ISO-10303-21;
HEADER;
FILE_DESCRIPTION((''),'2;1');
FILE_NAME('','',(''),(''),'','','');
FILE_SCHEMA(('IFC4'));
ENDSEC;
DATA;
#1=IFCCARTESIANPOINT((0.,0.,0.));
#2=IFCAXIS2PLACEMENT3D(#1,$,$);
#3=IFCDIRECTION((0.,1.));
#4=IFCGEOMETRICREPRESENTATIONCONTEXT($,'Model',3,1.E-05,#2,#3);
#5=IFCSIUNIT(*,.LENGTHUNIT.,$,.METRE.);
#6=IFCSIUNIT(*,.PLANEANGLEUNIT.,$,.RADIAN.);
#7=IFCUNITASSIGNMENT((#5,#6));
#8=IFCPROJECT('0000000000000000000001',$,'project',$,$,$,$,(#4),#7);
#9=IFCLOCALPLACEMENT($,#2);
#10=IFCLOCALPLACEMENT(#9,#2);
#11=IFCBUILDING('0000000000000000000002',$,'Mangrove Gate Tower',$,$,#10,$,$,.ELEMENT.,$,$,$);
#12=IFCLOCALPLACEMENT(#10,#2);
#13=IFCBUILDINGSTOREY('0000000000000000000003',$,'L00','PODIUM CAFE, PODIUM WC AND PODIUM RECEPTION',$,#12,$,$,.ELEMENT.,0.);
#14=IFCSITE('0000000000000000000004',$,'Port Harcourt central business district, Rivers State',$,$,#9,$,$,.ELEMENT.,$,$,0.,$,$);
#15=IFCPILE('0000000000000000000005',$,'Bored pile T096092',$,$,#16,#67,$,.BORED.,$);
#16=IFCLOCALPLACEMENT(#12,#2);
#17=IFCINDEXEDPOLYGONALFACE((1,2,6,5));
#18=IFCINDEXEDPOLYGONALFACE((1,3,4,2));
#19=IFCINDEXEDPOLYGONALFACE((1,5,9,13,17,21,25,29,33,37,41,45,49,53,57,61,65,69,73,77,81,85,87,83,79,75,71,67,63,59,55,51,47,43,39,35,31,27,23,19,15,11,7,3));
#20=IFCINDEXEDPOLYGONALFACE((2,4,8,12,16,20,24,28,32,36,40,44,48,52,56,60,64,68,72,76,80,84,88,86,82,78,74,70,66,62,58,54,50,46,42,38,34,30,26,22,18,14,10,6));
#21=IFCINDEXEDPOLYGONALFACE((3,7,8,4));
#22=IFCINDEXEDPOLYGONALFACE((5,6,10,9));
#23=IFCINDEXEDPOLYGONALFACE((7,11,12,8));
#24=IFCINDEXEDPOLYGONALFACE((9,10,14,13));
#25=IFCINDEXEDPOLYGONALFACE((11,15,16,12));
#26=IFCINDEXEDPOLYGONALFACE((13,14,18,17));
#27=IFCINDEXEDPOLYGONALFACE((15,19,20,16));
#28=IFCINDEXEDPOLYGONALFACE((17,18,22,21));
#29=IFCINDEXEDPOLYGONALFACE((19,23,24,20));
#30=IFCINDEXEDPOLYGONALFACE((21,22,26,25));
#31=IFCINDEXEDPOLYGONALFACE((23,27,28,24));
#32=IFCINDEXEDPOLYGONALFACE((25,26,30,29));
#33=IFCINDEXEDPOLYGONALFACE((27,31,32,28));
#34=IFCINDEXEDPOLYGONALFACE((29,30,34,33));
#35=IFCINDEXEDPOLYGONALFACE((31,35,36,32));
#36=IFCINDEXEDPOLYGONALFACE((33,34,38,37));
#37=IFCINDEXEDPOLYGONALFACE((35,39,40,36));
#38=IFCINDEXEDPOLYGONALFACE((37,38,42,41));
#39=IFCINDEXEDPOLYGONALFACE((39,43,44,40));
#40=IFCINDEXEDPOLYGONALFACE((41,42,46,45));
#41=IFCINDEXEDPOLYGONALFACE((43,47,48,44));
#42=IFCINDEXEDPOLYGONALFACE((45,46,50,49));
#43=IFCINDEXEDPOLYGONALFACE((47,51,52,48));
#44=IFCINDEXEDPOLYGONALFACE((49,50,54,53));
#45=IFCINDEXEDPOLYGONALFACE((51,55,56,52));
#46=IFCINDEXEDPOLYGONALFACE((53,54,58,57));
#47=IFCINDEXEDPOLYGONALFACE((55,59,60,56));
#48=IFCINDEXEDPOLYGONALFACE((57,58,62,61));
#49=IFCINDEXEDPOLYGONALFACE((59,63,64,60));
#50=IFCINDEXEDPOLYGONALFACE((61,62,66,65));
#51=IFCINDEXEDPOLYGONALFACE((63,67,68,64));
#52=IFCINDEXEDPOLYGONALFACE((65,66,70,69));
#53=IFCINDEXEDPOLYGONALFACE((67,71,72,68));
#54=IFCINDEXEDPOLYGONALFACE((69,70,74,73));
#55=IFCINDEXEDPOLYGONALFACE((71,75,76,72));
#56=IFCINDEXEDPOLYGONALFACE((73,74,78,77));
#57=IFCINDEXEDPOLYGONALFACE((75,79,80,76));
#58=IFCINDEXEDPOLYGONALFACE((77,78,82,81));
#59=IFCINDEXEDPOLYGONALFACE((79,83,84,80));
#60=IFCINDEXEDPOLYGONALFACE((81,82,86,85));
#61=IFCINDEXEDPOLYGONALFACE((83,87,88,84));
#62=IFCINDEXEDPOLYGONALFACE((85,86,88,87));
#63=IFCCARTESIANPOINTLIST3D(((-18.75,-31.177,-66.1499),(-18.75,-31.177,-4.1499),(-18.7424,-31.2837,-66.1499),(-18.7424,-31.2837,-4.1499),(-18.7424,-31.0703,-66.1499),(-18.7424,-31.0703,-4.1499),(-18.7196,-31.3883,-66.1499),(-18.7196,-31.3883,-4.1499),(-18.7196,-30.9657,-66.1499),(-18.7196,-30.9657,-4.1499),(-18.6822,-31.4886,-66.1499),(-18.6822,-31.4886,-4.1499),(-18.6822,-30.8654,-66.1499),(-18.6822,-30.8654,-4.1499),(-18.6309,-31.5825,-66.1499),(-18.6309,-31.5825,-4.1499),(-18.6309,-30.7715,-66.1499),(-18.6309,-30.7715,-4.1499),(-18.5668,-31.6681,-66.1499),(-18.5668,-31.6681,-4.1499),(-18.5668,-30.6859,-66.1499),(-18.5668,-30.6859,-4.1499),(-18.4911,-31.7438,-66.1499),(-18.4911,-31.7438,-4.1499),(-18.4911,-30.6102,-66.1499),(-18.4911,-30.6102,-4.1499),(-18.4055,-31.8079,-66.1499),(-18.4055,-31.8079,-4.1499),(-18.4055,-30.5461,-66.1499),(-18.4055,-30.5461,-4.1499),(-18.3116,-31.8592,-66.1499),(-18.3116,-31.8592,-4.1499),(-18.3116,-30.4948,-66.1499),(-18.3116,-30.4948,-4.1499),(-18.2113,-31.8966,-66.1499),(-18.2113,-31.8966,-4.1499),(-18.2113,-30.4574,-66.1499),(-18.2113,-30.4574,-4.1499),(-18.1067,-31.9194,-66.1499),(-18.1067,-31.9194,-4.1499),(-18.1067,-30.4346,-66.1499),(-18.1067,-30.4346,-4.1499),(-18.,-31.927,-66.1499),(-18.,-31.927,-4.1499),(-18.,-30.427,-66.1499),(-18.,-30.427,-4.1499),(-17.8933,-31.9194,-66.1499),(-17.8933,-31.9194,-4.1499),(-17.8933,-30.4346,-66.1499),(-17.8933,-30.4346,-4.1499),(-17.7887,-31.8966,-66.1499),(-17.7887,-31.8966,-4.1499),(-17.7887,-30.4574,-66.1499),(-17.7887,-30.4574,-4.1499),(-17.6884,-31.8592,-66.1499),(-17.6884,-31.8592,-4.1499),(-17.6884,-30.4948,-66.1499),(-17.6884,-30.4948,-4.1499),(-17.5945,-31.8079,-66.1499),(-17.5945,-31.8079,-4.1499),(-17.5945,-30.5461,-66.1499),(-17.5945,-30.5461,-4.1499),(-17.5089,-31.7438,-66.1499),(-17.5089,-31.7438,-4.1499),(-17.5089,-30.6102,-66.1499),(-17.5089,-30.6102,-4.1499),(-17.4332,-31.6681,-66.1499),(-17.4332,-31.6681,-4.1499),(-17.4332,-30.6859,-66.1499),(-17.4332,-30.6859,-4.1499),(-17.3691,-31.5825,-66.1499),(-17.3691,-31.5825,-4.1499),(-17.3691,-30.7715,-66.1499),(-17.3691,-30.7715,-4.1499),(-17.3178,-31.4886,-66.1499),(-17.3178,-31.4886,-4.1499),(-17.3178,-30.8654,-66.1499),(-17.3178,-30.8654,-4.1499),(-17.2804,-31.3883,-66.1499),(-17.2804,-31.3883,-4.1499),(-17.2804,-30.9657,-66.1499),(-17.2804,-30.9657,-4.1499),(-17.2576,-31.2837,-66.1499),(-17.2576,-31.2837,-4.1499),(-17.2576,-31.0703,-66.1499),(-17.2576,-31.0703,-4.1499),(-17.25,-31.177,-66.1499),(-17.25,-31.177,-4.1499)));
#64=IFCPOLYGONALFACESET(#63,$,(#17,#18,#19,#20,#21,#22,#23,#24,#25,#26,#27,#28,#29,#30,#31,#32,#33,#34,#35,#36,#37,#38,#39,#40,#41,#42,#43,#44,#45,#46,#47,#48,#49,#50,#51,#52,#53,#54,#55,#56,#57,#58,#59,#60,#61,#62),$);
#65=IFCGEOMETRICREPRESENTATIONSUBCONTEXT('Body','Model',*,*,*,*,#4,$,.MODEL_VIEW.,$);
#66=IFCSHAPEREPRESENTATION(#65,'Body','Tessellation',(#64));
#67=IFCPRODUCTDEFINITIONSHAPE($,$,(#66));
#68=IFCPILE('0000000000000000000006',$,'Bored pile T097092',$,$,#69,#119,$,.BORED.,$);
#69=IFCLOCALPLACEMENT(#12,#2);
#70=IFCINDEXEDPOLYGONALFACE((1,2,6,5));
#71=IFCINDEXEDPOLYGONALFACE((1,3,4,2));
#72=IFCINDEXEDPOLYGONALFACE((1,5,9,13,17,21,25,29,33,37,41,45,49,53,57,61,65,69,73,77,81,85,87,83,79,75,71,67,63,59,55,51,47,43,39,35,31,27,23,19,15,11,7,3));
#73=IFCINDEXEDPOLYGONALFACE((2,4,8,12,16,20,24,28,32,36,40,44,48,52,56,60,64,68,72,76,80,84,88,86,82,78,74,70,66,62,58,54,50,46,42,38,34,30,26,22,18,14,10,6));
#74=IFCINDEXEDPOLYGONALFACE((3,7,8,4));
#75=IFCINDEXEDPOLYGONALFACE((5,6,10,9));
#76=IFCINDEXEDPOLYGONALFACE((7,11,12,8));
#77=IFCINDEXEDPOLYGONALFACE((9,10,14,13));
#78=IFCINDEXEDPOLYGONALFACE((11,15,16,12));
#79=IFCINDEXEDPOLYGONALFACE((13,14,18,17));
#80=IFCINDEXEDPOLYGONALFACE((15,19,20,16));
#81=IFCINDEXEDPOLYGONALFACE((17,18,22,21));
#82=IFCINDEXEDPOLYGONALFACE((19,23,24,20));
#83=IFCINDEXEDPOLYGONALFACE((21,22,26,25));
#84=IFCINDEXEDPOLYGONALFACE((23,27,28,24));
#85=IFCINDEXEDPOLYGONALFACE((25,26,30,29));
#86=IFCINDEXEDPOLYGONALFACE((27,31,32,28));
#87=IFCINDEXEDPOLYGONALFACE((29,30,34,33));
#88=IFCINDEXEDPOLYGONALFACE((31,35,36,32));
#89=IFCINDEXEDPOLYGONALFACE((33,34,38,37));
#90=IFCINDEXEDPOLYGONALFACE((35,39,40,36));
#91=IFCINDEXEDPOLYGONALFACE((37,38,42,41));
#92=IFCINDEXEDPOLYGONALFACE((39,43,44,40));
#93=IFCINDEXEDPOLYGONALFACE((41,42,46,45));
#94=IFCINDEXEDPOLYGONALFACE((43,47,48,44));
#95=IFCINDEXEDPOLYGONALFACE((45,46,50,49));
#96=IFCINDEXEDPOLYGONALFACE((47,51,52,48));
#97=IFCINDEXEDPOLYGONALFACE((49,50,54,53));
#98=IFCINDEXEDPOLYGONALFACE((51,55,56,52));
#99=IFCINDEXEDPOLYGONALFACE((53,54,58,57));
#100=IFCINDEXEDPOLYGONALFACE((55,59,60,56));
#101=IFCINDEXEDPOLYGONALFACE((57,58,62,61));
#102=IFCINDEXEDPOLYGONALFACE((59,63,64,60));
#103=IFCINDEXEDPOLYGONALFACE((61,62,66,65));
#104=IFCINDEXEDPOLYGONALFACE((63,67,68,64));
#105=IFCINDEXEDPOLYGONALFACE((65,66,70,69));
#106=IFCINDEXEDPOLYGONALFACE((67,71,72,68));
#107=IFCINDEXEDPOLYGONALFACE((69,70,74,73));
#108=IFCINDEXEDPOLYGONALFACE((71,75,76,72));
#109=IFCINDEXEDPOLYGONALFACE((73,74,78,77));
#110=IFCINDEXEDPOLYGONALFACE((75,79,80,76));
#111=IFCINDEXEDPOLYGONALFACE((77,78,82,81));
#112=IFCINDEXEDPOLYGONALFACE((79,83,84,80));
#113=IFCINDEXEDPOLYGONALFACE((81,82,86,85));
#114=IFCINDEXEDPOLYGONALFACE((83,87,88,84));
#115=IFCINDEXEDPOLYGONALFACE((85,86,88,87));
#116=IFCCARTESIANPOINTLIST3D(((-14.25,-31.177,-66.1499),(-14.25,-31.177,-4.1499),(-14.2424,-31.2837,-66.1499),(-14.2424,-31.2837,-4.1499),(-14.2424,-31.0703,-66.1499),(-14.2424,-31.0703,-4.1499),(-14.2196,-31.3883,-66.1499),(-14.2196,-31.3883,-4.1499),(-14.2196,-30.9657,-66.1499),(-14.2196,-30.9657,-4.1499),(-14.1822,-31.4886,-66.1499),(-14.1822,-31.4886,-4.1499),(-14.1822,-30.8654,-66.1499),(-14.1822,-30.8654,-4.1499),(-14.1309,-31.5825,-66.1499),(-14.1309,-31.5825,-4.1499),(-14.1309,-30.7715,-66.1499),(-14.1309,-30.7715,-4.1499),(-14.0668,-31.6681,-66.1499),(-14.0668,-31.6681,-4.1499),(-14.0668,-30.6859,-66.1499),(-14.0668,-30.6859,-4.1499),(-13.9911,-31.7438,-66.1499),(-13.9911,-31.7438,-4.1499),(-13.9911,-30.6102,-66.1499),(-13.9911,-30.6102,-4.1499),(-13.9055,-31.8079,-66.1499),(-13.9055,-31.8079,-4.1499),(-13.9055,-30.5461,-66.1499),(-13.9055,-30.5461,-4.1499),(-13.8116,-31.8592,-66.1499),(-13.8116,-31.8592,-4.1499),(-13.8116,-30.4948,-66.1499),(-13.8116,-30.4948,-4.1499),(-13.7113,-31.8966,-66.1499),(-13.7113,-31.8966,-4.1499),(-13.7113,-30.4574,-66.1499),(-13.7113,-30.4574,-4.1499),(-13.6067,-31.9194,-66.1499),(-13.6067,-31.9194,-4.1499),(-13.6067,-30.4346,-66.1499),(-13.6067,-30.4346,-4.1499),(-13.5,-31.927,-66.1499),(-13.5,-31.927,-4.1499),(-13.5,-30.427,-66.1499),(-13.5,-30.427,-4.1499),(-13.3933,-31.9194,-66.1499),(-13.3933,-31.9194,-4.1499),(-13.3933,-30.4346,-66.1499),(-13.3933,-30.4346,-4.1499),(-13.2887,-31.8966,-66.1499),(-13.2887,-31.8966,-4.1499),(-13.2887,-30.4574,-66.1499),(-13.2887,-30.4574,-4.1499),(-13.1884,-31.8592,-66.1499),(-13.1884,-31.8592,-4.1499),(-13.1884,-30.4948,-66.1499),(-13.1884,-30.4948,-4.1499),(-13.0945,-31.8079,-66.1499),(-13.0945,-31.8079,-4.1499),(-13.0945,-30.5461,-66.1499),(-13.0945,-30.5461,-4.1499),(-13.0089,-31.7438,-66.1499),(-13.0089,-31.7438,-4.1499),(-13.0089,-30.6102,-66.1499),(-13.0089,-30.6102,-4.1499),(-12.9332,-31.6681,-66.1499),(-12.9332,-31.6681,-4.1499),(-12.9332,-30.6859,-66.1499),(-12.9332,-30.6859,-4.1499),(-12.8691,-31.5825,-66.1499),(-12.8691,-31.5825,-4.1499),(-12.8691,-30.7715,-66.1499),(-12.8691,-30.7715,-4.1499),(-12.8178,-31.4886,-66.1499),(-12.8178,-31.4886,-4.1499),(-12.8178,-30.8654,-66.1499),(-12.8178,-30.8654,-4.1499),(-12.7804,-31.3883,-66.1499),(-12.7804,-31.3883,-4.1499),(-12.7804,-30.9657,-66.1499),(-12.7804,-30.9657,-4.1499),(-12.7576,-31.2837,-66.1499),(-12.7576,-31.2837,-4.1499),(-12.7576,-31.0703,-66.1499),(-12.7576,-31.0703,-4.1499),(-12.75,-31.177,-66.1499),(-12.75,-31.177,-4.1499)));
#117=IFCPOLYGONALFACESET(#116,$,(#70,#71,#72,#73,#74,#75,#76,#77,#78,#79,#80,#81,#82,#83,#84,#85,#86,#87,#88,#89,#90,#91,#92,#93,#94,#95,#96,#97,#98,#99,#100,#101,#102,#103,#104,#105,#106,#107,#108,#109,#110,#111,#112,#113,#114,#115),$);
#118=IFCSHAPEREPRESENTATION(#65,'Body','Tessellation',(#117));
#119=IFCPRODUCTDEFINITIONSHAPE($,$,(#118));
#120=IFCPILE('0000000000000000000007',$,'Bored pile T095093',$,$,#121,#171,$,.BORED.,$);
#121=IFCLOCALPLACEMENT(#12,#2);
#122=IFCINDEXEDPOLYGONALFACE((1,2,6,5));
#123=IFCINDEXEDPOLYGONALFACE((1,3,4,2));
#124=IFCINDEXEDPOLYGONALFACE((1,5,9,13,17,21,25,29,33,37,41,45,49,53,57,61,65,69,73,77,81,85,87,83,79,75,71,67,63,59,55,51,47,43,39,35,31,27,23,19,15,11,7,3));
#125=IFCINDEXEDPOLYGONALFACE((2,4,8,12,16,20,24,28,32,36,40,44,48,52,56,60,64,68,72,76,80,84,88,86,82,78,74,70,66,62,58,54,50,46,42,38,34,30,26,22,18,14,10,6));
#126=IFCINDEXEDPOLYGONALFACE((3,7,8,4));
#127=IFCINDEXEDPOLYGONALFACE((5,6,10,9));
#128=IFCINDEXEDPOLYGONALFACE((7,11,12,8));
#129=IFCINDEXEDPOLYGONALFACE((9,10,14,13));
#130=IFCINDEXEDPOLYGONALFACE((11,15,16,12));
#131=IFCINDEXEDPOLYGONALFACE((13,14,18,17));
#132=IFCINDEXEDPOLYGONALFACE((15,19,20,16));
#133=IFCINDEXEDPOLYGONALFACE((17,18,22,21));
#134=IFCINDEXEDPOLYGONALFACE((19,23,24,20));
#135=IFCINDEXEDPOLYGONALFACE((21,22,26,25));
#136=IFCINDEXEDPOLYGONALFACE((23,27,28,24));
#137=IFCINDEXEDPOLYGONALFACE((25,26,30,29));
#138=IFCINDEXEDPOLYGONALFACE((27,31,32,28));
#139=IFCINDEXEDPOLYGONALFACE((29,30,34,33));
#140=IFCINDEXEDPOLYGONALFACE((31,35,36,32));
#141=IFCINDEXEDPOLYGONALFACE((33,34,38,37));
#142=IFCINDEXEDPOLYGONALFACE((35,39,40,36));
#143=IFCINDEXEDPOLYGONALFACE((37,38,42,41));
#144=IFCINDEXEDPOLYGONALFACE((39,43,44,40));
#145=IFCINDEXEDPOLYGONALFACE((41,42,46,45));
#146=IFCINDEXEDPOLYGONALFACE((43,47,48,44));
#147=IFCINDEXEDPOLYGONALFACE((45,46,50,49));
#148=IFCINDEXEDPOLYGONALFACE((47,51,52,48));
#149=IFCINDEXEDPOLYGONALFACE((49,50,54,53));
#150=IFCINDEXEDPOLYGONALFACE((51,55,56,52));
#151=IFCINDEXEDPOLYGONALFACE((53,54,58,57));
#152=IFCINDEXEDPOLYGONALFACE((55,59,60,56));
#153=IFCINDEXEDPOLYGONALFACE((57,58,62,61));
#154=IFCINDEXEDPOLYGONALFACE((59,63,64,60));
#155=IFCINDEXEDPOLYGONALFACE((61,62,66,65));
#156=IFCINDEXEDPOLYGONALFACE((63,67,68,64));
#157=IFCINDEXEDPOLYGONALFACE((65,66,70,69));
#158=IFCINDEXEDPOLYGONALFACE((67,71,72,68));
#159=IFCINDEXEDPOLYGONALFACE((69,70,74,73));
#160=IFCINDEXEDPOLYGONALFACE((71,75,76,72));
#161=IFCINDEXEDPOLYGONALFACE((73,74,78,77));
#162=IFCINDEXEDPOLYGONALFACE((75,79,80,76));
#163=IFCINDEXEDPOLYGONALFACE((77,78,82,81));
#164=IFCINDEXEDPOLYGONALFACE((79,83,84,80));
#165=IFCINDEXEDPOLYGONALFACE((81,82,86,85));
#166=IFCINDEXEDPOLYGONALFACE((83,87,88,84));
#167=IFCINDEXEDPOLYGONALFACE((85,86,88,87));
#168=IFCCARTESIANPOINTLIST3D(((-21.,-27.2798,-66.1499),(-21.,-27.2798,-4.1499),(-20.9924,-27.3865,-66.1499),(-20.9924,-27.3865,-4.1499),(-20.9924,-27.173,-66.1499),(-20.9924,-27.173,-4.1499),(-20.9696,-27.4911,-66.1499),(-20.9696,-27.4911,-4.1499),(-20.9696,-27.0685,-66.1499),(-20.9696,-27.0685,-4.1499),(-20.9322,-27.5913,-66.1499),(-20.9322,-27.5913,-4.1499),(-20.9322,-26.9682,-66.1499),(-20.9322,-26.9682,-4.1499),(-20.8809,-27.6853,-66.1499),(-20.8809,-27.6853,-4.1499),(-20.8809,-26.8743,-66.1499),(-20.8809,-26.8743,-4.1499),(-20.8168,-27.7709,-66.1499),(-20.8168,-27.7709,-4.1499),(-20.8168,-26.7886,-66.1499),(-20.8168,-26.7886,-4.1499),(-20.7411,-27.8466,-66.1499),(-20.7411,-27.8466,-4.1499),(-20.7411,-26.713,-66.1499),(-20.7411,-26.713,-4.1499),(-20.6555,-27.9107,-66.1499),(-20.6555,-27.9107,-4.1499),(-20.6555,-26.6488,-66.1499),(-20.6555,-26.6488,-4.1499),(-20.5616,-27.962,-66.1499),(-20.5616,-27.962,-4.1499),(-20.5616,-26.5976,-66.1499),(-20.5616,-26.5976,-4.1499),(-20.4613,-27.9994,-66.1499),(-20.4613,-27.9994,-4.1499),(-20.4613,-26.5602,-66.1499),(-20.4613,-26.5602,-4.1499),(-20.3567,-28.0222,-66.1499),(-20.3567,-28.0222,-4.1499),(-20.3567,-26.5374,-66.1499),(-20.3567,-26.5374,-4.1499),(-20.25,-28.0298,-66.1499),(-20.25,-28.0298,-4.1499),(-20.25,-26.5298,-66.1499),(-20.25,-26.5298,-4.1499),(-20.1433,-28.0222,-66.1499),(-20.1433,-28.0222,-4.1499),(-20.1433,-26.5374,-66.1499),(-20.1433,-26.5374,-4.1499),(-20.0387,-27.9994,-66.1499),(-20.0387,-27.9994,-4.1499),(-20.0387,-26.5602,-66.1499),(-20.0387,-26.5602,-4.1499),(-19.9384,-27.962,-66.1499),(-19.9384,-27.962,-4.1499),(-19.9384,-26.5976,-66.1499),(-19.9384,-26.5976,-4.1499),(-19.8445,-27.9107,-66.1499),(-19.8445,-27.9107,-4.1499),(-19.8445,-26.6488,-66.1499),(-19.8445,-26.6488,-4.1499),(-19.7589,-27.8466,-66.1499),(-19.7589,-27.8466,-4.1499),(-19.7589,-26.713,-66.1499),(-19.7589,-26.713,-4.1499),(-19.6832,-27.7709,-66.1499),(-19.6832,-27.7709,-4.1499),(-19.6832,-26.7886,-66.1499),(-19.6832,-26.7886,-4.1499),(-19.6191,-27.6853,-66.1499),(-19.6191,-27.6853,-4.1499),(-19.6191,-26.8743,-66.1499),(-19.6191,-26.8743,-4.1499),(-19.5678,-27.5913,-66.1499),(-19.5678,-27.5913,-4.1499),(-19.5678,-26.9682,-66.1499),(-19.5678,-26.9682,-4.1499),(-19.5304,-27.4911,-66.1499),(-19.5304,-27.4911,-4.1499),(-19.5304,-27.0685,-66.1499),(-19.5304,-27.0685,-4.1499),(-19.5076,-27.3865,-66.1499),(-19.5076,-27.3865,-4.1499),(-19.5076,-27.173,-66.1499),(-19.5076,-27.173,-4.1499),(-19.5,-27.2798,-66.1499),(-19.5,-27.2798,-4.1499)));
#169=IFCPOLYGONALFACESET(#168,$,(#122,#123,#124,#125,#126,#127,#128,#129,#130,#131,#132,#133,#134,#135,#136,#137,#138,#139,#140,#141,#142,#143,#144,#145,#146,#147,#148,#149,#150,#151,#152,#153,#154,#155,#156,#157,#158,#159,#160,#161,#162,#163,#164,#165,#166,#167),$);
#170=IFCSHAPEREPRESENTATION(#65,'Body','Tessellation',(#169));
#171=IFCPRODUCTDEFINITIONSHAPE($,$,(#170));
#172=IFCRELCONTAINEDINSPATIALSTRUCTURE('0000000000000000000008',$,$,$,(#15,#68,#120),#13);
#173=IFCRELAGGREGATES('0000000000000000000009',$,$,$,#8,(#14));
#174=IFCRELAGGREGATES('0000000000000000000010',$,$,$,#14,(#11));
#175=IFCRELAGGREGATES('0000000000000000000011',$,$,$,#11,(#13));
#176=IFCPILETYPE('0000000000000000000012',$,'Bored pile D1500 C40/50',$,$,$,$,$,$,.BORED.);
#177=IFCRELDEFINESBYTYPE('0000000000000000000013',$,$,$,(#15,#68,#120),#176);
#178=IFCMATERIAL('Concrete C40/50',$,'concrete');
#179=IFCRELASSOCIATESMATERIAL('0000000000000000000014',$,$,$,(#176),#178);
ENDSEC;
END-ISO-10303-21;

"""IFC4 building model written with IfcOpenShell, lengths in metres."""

from ifc_helpers import new_model, si_unit, direction, frame, origin, origin_2d, place, context, subcontext, project, spatial, circle, extrude, material, material_profile, profile_set, type_object, element, save


model = new_model("IFC4")

# Units and contexts
model_context = context("Model", 3, precision=1e-05, world=origin(), true_north=direction((0.0, 1.0)))
body_context = subcontext(model_context, "Body", "Model", "MODEL_VIEW")
ifc_project = project(units=[si_unit("LENGTHUNIT", "METRE"), si_unit("PLANEANGLEUNIT", "RADIAN")], contexts=[model_context])

# Site, building, storey
site_placement = place(None, origin())
site = spatial("IfcSite", under=ifc_project, at=site_placement, Name="Port Harcourt central business district, Rivers State", CompositionType="ELEMENT", RefElevation=0.0)
building_placement = place(site_placement, origin())
building = spatial("IfcBuilding", under=site, at=building_placement, Name="Mangrove Gate Tower", CompositionType="ELEMENT")
storey_placement = place(building_placement, origin())
storey = spatial("IfcBuildingStorey", under=building, at=storey_placement, Name="L00", Description="PODIUM CAFE, PODIUM WC AND PODIUM RECEPTION", CompositionType="ELEMENT", Elevation=0.0)

# Piles
ifc_material_1 = material(Name="Concrete C40/50", Category="concrete")
ifc_material_profile_1 = material_profile(ifc_material_1, circle(Radius=0.75, at=origin_2d()))
ifc_profile_set_1 = profile_set([ifc_material_profile_1], Name="Concrete C40/50")
pile_type = type_object("IfcPileType", Name="Bored pile D1500 C40/50", PredefinedType="BORED", material=ifc_profile_set_1)
for number, where, z_axis, x_axis, name in (
    (1, (-18.0, -31.177, -4.1499), (0.0, 0.0, -1.0), (1.0, 0.0, 0.0), "Bored pile T096092"),
    (2, (-13.5, -31.177, -4.1499), (0.0, 0.0, -1.0), (1.0, 0.0, 0.0), "Bored pile T097092"),
    (3, (-20.25, -27.2798, -4.1499), (0.0, 0.0, -1.0), (1.0, 0.0, 0.0), "Bored pile T095093"),
):
    element("IfcPile", number, at=place(storey_placement, frame(where, z_axis=z_axis, x_axis=x_axis)), inside=storey, type_object=pile_type, Name=name, PredefinedType="BORED", context=body_context, shape_type="SweptSolid", body=[
        extrude(circle(Radius=0.75, at=origin_2d()), origin(), (0.0, 0.0, 1.0), 62.0),
    ])

save(model, "model.ifc")
